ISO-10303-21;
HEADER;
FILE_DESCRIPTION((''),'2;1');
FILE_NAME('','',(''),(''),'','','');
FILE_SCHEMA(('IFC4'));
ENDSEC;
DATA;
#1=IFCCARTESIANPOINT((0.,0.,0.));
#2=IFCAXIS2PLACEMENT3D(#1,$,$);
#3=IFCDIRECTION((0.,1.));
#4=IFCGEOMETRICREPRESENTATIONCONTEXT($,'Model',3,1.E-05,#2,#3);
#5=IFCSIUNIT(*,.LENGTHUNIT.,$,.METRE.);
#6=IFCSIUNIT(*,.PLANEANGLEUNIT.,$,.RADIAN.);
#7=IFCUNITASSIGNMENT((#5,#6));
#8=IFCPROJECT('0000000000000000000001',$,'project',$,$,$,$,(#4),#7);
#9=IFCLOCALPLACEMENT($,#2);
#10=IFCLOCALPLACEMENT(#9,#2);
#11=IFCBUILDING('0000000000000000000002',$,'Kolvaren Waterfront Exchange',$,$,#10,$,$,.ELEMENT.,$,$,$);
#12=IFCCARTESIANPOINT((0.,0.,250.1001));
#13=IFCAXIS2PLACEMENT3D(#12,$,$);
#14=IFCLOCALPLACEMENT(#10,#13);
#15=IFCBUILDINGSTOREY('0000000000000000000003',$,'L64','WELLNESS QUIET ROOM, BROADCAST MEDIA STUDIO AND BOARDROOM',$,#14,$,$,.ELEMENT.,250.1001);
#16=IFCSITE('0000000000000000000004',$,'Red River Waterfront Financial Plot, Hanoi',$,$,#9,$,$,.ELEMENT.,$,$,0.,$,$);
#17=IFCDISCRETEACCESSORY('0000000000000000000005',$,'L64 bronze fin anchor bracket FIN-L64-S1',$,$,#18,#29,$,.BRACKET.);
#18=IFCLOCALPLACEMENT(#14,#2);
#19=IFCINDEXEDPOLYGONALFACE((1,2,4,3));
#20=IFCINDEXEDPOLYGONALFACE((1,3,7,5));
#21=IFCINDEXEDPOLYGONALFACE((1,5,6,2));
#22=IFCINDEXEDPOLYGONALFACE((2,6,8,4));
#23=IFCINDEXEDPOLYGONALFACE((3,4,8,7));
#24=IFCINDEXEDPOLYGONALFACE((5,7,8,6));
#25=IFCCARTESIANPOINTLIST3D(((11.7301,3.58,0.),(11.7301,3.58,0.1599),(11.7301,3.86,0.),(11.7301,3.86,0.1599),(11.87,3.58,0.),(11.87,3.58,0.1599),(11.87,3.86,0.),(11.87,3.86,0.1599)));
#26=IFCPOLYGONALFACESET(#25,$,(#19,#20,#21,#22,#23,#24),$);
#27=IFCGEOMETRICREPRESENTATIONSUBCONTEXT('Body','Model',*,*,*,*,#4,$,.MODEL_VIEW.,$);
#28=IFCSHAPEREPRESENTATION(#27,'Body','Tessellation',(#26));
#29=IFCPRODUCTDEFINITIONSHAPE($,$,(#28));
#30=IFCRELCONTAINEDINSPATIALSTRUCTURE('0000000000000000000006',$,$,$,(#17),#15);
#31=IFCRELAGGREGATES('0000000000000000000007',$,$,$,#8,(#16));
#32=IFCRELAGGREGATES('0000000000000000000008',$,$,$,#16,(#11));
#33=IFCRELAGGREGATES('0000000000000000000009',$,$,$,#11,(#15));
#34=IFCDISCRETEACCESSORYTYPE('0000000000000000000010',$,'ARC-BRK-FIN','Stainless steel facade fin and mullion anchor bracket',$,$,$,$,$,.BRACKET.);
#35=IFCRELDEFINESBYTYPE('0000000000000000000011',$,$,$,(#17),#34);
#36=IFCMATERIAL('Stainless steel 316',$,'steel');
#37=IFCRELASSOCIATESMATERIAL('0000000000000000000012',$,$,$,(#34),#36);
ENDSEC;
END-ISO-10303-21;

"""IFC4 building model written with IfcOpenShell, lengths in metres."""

from ifc_helpers import new_model, si_unit, direction, frame, origin, origin_with_axes, origin_2d, place, context, subcontext, project, spatial, rectangle, extrude, source, transform, mapped, material, type_object, element, save


model = new_model("IFC4")

# Units and contexts
model_context = context("Model", 3, precision=1e-05, world=origin(), true_north=direction((0.0, 1.0)))
body_context = subcontext(model_context, "Body", "Model", "MODEL_VIEW")
ifc_project = project(units=[si_unit("LENGTHUNIT", "METRE"), si_unit("PLANEANGLEUNIT", "RADIAN")], contexts=[model_context])

# Site, building, storey
site_placement = place(None, origin())
site = spatial("IfcSite", under=ifc_project, at=site_placement, Name="Red River Waterfront Financial Plot, Hanoi", CompositionType="ELEMENT", RefElevation=0.0)
building_placement = place(site_placement, origin())
building = spatial("IfcBuilding", under=site, at=building_placement, Name="Kolvaren Waterfront Exchange", CompositionType="ELEMENT")
storey_placement = place(building_placement, frame((0.0, 0.0, 250.1001)))
storey = spatial("IfcBuildingStorey", under=building, at=storey_placement, Name="L64", Description="WELLNESS QUIET ROOM, BROADCAST MEDIA STUDIO AND BOARDROOM", CompositionType="ELEMENT", Elevation=250.1001)

# Discrete accessory
ifc_material_1 = material(Name="Stainless steel 316", Category="steel")
discrete_accessory_type = type_object("IfcDiscreteAccessoryType", Name="ARC-BRK-FIN", Description="Stainless steel facade fin and mullion anchor bracket", PredefinedType="BRACKET", material=ifc_material_1)
shared_shape_1 = source(origin_with_axes(), body_context, "Body", "SweptSolid", [
    extrude(rectangle(XDim=0.28, YDim=0.1399, at=origin_2d()), origin(), (0.0, 0.0, 1.0), 0.1599),
])
discrete_accessory_placement = place(storey_placement, frame((11.8, 3.72, 0.0), z_axis=(0.0, 0.0, 1.0), x_axis=(0.0, -1.0, 0.0)))
element("IfcDiscreteAccessory", 1, at=discrete_accessory_placement, inside=storey, type_object=discrete_accessory_type, Name="L64 bronze fin anchor bracket FIN-L64-S1", PredefinedType="BRACKET", context=body_context, shape_type="MappedRepresentation", body=[
    mapped(shared_shape_1, transform((0.0, 0.0, 0.0), x_axis=(1.0, 0.0, 0.0), y_axis=(0.0, 1.0, 0.0), z_axis=(0.0, 0.0, 1.0), scale=1.0)),
])

save(model, "model.ifc")
